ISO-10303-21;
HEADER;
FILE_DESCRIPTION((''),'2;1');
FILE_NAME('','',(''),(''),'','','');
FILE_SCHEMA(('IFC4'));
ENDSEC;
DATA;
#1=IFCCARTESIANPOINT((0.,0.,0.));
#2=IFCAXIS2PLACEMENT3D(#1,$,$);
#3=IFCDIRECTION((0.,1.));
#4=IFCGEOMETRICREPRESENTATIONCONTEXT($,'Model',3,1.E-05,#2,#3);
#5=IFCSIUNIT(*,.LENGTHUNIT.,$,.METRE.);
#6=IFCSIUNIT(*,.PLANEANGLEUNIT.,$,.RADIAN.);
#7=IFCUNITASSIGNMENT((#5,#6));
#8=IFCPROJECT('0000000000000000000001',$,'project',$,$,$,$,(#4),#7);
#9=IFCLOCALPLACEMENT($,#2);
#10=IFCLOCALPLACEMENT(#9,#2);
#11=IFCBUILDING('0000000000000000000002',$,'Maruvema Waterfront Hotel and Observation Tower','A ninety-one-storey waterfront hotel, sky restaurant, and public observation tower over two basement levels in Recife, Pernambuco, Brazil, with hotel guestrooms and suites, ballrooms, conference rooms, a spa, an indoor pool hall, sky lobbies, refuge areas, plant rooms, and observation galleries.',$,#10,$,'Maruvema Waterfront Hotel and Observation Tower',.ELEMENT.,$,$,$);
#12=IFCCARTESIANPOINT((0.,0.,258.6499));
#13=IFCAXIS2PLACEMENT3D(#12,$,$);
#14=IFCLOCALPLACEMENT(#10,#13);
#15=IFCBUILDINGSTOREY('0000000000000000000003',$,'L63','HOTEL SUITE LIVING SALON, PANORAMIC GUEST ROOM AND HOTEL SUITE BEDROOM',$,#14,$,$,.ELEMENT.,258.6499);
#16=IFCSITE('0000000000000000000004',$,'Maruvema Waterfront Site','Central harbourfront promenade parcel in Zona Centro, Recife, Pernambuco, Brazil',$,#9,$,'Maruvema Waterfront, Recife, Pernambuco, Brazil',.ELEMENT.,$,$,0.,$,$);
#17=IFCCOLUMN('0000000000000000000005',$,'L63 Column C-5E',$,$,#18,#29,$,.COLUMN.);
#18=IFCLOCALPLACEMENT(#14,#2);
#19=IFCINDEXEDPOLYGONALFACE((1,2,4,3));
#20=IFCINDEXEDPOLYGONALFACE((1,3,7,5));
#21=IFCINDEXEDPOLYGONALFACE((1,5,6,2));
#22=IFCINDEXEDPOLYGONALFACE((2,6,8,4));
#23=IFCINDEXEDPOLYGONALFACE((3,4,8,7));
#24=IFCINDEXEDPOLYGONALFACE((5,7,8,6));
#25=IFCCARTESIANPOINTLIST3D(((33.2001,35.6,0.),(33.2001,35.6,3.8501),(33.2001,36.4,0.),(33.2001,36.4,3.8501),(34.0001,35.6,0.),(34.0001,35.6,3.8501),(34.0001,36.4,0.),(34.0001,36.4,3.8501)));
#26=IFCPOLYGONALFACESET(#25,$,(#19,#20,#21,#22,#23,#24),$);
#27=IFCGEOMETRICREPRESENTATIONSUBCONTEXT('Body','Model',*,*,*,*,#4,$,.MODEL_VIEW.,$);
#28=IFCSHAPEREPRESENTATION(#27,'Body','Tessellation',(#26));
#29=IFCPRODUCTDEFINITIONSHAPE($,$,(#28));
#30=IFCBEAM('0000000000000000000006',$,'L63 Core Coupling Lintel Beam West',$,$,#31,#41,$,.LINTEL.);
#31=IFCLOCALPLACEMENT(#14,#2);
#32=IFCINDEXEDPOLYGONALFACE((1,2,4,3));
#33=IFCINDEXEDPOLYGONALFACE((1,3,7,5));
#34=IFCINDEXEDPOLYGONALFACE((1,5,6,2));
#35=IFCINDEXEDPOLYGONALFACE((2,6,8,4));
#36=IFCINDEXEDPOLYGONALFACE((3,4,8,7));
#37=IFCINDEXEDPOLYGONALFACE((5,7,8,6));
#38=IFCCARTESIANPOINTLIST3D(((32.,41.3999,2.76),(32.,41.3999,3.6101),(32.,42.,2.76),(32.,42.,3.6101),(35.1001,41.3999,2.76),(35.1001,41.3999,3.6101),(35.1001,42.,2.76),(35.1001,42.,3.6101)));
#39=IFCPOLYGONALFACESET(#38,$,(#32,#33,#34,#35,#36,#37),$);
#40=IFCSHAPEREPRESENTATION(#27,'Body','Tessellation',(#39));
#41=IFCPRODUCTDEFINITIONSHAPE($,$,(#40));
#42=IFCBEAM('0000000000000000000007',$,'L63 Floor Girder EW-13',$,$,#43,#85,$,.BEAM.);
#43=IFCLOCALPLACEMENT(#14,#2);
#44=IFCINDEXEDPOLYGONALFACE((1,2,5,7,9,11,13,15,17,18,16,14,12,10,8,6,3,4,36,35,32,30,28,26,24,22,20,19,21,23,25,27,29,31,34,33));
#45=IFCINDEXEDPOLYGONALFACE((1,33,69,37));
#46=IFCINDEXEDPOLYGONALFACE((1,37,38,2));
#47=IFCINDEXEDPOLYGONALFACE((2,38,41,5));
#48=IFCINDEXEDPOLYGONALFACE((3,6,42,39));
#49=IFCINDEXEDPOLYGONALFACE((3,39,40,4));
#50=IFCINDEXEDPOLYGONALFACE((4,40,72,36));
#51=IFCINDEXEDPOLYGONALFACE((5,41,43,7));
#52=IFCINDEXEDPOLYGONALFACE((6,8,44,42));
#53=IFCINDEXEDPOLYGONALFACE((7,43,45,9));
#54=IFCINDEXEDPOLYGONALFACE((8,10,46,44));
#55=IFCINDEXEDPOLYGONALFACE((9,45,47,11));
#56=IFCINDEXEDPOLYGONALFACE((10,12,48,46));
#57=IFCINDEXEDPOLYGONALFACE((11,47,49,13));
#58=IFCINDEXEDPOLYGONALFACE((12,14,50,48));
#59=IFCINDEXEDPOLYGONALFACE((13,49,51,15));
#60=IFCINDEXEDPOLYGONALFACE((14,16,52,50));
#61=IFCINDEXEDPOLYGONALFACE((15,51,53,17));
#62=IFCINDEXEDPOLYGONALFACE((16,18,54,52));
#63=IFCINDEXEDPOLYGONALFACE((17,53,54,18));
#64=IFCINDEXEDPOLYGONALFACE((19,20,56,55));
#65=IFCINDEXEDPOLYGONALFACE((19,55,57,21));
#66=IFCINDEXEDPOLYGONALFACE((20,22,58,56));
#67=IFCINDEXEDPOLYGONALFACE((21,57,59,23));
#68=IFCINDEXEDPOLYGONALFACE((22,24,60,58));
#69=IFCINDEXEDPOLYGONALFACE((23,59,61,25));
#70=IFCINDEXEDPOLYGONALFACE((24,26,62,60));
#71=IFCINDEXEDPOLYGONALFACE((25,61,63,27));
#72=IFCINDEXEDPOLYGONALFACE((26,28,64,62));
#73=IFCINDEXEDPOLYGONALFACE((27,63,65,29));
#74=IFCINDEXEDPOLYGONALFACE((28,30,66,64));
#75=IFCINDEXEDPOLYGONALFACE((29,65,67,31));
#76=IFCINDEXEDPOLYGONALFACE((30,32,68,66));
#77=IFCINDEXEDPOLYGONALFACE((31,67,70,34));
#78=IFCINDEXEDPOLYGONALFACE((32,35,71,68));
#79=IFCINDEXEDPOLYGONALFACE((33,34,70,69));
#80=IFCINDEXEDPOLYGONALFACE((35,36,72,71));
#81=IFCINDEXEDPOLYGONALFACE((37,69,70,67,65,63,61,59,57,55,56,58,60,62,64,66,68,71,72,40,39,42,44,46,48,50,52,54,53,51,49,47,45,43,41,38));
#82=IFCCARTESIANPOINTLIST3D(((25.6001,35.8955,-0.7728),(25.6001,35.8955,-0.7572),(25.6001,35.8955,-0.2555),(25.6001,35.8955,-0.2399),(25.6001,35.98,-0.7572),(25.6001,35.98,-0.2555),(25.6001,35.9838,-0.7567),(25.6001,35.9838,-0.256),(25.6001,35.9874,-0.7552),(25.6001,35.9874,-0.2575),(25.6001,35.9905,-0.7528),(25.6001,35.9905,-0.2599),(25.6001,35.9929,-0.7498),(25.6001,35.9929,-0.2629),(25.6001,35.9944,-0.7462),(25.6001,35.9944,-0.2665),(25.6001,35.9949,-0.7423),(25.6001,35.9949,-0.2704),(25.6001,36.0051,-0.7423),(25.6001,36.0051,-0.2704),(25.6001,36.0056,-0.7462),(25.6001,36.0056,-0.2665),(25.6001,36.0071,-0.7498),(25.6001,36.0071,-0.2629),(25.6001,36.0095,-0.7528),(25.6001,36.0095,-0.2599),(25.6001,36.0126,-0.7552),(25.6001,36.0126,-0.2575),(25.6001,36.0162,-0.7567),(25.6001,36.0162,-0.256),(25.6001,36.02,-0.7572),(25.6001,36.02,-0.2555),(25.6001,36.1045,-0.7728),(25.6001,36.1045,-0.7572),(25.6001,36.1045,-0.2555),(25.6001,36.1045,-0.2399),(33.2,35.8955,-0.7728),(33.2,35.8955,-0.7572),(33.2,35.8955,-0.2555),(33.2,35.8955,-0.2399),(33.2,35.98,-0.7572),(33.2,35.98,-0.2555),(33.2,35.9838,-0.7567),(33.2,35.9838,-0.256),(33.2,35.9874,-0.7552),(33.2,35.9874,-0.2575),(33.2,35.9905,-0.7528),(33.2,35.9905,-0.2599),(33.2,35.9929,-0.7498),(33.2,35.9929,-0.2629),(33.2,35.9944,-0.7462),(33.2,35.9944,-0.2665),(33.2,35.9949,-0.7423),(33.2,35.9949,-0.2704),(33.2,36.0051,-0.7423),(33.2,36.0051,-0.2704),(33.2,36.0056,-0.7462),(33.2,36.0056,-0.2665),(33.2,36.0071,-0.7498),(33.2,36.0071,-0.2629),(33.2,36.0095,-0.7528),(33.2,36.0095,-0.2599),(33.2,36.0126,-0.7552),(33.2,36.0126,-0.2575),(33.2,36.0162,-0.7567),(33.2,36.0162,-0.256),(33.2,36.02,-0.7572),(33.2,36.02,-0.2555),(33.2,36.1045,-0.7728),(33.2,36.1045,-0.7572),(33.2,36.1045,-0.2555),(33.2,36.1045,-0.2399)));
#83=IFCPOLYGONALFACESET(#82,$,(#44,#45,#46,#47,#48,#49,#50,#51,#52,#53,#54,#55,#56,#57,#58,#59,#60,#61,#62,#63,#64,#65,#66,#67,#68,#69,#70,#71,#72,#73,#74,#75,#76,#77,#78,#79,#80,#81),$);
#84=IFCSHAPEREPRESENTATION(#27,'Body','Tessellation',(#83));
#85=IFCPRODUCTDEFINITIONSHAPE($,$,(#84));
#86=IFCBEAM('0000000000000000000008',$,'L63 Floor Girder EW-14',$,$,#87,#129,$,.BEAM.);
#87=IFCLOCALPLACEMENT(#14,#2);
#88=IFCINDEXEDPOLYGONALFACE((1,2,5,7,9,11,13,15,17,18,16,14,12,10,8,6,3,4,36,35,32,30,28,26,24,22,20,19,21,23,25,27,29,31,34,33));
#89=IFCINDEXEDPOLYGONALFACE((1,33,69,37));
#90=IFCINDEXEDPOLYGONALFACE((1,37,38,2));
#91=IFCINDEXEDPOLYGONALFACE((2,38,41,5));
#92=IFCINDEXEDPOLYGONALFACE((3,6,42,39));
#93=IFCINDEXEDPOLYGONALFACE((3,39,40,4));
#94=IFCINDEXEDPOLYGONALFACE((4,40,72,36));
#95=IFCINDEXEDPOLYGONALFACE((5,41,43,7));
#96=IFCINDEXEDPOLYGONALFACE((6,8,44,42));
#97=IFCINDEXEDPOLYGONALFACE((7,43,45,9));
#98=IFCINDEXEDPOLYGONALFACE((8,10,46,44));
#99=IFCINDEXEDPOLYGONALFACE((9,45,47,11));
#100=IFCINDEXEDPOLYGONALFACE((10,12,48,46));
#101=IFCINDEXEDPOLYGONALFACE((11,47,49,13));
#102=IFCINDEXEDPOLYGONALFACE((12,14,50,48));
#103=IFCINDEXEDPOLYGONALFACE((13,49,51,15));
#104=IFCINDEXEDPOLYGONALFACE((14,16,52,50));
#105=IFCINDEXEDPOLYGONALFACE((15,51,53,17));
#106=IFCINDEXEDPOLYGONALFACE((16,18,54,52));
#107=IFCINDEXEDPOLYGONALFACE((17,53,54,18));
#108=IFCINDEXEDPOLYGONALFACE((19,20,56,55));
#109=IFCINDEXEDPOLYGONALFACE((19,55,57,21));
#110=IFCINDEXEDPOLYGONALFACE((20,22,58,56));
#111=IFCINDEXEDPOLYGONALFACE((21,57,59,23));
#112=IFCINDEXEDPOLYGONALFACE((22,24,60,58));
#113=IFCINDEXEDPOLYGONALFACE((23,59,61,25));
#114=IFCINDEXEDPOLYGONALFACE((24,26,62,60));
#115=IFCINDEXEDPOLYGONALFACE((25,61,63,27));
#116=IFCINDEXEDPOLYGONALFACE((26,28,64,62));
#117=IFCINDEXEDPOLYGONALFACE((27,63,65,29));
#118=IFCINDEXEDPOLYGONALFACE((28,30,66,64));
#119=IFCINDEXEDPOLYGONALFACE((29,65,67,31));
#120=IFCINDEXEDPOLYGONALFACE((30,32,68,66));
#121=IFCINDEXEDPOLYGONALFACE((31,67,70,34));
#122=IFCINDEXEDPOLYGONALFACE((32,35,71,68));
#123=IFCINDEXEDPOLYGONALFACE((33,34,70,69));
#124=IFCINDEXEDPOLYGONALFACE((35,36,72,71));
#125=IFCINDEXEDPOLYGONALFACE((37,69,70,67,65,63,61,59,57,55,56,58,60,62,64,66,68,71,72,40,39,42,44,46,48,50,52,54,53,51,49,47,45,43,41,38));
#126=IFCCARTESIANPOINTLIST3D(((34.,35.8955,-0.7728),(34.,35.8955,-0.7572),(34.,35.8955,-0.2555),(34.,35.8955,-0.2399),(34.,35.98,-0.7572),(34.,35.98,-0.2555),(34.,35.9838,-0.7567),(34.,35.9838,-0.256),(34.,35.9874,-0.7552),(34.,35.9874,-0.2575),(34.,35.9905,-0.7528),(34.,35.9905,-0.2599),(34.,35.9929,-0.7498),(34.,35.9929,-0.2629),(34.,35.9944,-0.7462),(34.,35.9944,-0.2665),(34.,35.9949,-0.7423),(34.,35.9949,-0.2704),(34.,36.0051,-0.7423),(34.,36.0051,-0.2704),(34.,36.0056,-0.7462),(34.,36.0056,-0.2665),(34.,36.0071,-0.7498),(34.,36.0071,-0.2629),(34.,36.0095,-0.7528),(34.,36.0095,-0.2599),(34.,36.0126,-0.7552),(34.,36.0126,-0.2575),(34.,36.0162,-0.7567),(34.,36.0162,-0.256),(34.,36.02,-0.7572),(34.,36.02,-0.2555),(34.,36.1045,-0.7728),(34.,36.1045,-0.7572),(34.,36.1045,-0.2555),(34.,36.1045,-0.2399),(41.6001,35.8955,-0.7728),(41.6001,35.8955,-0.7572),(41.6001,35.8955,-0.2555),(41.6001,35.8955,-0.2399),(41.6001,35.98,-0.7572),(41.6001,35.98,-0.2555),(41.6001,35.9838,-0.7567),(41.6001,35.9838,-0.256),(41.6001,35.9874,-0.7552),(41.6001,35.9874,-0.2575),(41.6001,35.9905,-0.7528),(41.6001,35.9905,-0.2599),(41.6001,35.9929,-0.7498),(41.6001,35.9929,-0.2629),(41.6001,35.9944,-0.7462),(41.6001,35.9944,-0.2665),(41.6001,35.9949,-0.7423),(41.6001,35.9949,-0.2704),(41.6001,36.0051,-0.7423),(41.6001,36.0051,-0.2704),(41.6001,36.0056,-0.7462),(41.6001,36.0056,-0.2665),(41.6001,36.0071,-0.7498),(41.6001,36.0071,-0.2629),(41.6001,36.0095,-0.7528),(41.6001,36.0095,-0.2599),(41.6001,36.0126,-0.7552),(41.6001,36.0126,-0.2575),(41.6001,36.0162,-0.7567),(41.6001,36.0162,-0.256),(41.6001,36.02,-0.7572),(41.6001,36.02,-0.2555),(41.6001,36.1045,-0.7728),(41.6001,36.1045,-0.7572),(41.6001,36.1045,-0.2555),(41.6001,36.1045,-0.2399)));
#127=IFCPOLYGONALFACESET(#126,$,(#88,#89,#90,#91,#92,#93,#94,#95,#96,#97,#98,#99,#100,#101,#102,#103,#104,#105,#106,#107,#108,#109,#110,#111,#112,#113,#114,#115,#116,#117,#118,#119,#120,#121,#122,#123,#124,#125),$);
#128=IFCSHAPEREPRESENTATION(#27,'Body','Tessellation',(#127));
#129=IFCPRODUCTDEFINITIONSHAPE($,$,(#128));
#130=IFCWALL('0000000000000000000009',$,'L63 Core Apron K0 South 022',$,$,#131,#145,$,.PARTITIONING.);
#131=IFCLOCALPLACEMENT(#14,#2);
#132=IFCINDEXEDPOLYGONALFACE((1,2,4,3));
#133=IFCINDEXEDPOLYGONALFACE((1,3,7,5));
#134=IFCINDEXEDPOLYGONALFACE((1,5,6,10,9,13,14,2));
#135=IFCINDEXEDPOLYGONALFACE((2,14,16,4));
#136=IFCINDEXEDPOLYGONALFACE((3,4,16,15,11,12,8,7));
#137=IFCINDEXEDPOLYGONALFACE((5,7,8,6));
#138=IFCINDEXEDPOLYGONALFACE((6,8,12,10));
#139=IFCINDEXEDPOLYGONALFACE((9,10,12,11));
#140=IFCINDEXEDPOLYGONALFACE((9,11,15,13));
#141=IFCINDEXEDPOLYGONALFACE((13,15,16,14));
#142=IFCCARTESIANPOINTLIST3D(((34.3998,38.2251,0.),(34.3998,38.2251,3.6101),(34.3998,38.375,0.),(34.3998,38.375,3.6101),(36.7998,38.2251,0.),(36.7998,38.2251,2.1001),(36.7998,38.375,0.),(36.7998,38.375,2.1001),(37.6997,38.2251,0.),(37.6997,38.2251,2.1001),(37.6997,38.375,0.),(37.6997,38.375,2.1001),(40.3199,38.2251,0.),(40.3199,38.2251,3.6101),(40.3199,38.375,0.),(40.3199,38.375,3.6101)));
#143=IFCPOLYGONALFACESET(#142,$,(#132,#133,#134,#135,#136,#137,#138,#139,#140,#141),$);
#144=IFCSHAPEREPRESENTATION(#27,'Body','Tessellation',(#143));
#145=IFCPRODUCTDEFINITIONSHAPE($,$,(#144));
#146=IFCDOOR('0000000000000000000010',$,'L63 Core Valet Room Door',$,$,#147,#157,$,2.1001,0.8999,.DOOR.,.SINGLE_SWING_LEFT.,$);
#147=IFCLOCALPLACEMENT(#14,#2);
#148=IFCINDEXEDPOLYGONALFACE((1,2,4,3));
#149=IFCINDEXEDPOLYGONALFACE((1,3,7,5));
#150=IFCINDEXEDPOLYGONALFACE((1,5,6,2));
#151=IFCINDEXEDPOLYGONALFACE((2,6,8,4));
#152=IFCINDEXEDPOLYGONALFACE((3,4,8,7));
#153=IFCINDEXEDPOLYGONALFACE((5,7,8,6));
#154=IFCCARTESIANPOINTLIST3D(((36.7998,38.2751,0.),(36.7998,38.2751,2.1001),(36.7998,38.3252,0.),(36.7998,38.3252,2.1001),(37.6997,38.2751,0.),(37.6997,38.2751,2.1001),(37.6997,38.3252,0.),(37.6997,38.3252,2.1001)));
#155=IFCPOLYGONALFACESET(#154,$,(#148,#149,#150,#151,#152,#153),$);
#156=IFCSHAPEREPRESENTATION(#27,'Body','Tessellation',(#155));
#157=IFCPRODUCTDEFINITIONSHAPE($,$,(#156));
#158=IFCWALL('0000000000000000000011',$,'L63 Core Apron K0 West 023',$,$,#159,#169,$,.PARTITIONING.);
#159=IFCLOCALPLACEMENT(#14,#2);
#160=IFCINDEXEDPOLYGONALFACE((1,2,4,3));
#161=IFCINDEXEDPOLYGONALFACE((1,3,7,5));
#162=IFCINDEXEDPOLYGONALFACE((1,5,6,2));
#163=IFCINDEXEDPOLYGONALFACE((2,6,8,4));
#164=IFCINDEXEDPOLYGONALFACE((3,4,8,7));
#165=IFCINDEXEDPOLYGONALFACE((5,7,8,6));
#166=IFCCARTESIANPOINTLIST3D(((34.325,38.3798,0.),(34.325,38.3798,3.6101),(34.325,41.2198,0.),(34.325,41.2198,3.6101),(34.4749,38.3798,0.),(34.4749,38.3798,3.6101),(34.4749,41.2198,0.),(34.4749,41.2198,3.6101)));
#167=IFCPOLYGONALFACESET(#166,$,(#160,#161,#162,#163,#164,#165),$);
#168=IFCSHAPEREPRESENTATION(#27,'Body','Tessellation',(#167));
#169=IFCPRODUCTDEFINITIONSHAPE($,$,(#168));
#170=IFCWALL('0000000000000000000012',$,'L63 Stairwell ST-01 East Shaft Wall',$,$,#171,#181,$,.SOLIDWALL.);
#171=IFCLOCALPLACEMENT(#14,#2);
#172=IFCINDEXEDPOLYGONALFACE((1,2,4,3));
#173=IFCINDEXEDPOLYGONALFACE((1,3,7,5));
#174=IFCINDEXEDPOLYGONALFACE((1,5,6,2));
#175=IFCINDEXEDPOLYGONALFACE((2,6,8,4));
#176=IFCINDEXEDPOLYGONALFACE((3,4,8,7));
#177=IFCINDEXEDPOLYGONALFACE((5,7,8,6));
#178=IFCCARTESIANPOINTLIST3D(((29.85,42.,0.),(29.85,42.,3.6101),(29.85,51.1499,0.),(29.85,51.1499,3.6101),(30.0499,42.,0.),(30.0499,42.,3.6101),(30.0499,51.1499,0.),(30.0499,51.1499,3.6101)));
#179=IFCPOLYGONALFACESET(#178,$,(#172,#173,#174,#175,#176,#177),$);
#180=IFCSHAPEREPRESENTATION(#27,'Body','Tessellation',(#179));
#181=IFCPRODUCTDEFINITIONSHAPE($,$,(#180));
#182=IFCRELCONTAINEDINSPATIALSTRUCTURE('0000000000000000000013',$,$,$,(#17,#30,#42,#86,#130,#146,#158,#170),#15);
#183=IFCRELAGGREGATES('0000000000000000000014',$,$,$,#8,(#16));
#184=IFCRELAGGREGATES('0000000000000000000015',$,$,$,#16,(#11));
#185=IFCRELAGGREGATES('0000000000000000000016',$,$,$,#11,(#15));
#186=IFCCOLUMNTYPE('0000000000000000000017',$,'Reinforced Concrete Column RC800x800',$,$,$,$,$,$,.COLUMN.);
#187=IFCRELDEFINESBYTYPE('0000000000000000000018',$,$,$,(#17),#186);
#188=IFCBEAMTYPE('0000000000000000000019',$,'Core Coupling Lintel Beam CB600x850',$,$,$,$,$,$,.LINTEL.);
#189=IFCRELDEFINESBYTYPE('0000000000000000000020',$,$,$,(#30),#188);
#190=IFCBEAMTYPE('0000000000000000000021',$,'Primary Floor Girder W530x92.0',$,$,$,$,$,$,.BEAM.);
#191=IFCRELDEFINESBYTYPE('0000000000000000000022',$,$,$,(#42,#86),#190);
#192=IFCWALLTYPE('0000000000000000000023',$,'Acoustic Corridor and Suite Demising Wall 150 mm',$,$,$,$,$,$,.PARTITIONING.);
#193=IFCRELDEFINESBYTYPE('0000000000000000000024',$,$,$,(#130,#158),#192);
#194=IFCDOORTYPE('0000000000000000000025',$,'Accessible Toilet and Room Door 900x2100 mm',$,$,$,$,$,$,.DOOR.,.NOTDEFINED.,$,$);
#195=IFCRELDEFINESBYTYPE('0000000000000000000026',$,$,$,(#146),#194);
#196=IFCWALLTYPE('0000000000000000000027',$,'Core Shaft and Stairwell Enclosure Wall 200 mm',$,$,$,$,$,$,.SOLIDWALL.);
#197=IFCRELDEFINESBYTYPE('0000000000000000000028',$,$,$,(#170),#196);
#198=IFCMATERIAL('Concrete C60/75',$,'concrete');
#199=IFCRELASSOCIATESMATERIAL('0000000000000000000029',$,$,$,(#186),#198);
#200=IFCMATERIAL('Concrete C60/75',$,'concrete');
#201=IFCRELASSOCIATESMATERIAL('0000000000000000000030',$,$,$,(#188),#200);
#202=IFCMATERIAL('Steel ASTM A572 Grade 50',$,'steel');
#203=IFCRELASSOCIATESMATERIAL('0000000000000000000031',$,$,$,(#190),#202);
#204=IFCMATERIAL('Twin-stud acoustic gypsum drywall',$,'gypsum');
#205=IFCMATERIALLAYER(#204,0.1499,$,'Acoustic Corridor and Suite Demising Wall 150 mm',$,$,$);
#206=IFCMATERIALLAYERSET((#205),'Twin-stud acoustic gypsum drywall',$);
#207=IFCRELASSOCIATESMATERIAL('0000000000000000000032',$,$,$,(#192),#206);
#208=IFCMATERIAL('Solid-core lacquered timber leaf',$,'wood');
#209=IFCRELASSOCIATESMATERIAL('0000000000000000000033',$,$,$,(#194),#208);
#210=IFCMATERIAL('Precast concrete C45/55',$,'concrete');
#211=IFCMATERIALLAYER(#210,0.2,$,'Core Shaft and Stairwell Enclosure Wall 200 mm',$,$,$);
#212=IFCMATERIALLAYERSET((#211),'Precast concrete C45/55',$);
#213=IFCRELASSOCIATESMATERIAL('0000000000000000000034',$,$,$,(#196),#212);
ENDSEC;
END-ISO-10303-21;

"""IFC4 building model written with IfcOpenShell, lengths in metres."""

from ifc_helpers import new_model, si_unit, direction, frame, frame_2d, origin, origin_2d, place, context, subcontext, project, spatial, rectangle, i_section, extrude, material, layer, layer_set, material_profile, profile_set, type_object, element, fill, save


model = new_model("IFC4")

# Units and contexts
model_context = context("Model", 3, precision=1e-05, world=origin(), true_north=direction((0.0, 1.0)))
body_context = subcontext(model_context, "Body", "Model", "MODEL_VIEW")
ifc_project = project(units=[si_unit("LENGTHUNIT", "METRE"), si_unit("PLANEANGLEUNIT", "RADIAN")], contexts=[model_context])

# Site, building, storey
site_placement = place(None, origin())
site = spatial("IfcSite", under=ifc_project, at=site_placement, Name="Maruvema Waterfront Site", Description="Central harbourfront promenade parcel in Zona Centro, Recife, Pernambuco, Brazil", LongName="Maruvema Waterfront, Recife, Pernambuco, Brazil", CompositionType="ELEMENT", RefElevation=0.0)
building_placement = place(site_placement, origin())
building = spatial("IfcBuilding", under=site, at=building_placement, Name="Maruvema Waterfront Hotel and Observation Tower", Description="A ninety-one-storey waterfront hotel, sky restaurant, and public observation tower over two basement levels in Recife, Pernambuco, Brazil, with hotel guestrooms and suites, ballrooms, conference rooms, a spa, an indoor pool hall, sky lobbies, refuge areas, plant rooms, and observation galleries.", LongName="Maruvema Waterfront Hotel and Observation Tower", CompositionType="ELEMENT")
storey_placement = place(building_placement, frame((0.0, 0.0, 258.6499)))
storey = spatial("IfcBuildingStorey", under=building, at=storey_placement, Name="L63", Description="HOTEL SUITE LIVING SALON, PANORAMIC GUEST ROOM AND HOTEL SUITE BEDROOM", CompositionType="ELEMENT", Elevation=258.6499)

# Column
ifc_material_1 = material(Name="Concrete C60/75", Category="concrete")
ifc_material_profile_1 = material_profile(ifc_material_1, rectangle(XDim=0.8, YDim=0.8, at=origin_2d()), Name="RC800x800")
ifc_profile_set_1 = profile_set([ifc_material_profile_1], Name="Concrete C60/75")
column_type = type_object("IfcColumnType", Name="Reinforced Concrete Column RC800x800", PredefinedType="COLUMN", material=ifc_profile_set_1)
column_placement = place(storey_placement, frame((33.6001, 36.0, 0.0), z_axis=(0.0, 0.0, 1.0), x_axis=(1.0, 0.0, 0.0)))
element("IfcColumn", 1, at=column_placement, inside=storey, type_object=column_type, Name="L63 Column C-5E", PredefinedType="COLUMN", context=body_context, shape_type="SweptSolid", body=[
    extrude(rectangle(XDim=0.8, YDim=0.8, at=origin_2d()), origin(), (0.0, 0.0, 1.0), 3.8501),
])

# Beams
ifc_material_2 = material(Name="Concrete C60/75", Category="concrete")
ifc_material_profile_2 = material_profile(ifc_material_2, rectangle(XDim=0.6001, YDim=0.8501, at=origin_2d()), Name="CB600x850")
ifc_profile_set_2 = profile_set([ifc_material_profile_2], Name="Concrete C60/75")
beam_type_1 = type_object("IfcBeamType", Name="Core Coupling Lintel Beam CB600x850", PredefinedType="LINTEL", material=ifc_profile_set_2)
beam_1_placement = place(storey_placement, frame((32.0, 41.7, 3.1851), z_axis=(1.0, 0.0, 0.0), x_axis=(0.0, 1.0, 0.0)))
element("IfcBeam", 2, at=beam_1_placement, inside=storey, type_object=beam_type_1, Name="L63 Core Coupling Lintel Beam West", PredefinedType="LINTEL", context=body_context, shape_type="SweptSolid", body=[
    extrude(rectangle(XDim=0.6001, YDim=0.8501, at=origin_2d()), origin(), (0.0, 0.0, 1.0), 3.1001),
])
ifc_material_3 = material(Name="Steel ASTM A572 Grade 50", Category="steel")
ifc_material_profile_3 = material_profile(ifc_material_3, i_section(OverallWidth=0.209, OverallDepth=0.533, WebThickness=0.0103, FlangeThickness=0.0156, FilletRadius=0.0149, at=origin_2d()), Name="W530x92.0")
ifc_profile_set_3 = profile_set([ifc_material_profile_3], Name="Steel ASTM A572 Grade 50")
beam_type_2 = type_object("IfcBeamType", Name="Primary Floor Girder W530x92.0", PredefinedType="BEAM", material=ifc_profile_set_3)
beam_2_placement = place(storey_placement, frame((25.6001, 36.0, -0.5063), z_axis=(1.0, 0.0, 0.0), x_axis=(0.0, 1.0, 0.0)))
element("IfcBeam", 3, at=beam_2_placement, inside=storey, type_object=beam_type_2, Name="L63 Floor Girder EW-13", PredefinedType="BEAM", context=body_context, shape_type="SweptSolid", body=[
    extrude(i_section(OverallWidth=0.209, OverallDepth=0.533, WebThickness=0.0103, FlangeThickness=0.0156, FilletRadius=0.0149, at=origin_2d()), origin(), (0.0, 0.0, 1.0), 7.5999),
])
beam_3_placement = place(storey_placement, frame((34.0, 36.0, -0.5063), z_axis=(1.0, 0.0, 0.0), x_axis=(0.0, 1.0, 0.0)))
element("IfcBeam", 4, at=beam_3_placement, inside=storey, type_object=beam_type_2, Name="L63 Floor Girder EW-14", PredefinedType="BEAM", context=body_context, shape_type="SweptSolid", body=[
    extrude(i_section(OverallWidth=0.209, OverallDepth=0.533, WebThickness=0.0103, FlangeThickness=0.0156, FilletRadius=0.0149, at=origin_2d()), origin(), (0.0, 0.0, 1.0), 7.6001),
])

# Wall, opening, door
ifc_material_4 = material(Name="Twin-stud acoustic gypsum drywall", Category="gypsum")
ifc_layer_1 = layer(ifc_material_4, 0.1499, Name="Acoustic Corridor and Suite Demising Wall 150 mm")
ifc_layer_set_1 = layer_set([ifc_layer_1], Name="Twin-stud acoustic gypsum drywall")
wall_type_1 = type_object("IfcWallType", Name="Acoustic Corridor and Suite Demising Wall 150 mm", PredefinedType="PARTITIONING", material=ifc_layer_set_1)
wall_1_placement = place(storey_placement, frame((34.3999, 38.3, 0.0), z_axis=(0.0, 0.0, 1.0), x_axis=(1.0, 0.0, 0.0)))
wall_1 = element("IfcWall", 5, at=wall_1_placement, inside=storey, type_object=wall_type_1, Name="L63 Core Apron K0 South 022", PredefinedType="PARTITIONING", context=body_context, shape_type="SweptSolid", body=[
    extrude(rectangle(XDim=5.9202, YDim=0.1499, at=frame_2d((2.96, 0.0))), origin(), (0.0, 0.0, 1.0), 3.6101),
])
opening_1_placement = place(wall_1_placement, frame((2.3999, 0.0, 0.0)))
opening_1 = element("IfcOpeningElement", 6, at=opening_1_placement, cuts=wall_1, PredefinedType="OPENING", context=body_context, shape_type="SweptSolid", body=[
    extrude(rectangle(XDim=0.8999, YDim=2.1001, at=frame_2d((0.45, 1.05))), frame((0.0, 0.085, 0.0), z_axis=(0.0, -1.0, 0.0), x_axis=(1.0, 0.0, 0.0)), (0.0, 0.0, 1.0), 0.1699),
])
ifc_material_5 = material(Name="Solid-core lacquered timber leaf", Category="wood")
door_type_1 = type_object("IfcDoorType", Name="Accessible Toilet and Room Door 900x2100 mm", OperationType="NOTDEFINED", PredefinedType="DOOR", material=ifc_material_5)
door_1_placement = place(opening_1_placement, frame((0.8999, 0.0, 0.0), z_axis=(0.0, 0.0, 1.0), x_axis=(-1.0, 0.0, 0.0)))
door_1 = element("IfcDoor", 7, at=door_1_placement, inside=storey, type_object=door_type_1, Name="L63 Core Valet Room Door", OperationType="SINGLE_SWING_LEFT", OverallHeight=2.1001, OverallWidth=0.8999, PredefinedType="DOOR", context=body_context, shape_type="SweptSolid", body=[
    extrude(rectangle(XDim=0.8999, YDim=2.1001, at=frame_2d((0.45, 1.05))), frame((0.0, 0.0249, 0.0), z_axis=(0.0, -1.0, 0.0), x_axis=(1.0, 0.0, 0.0)), (0.0, 0.0, 1.0), 0.05),
])
fill(opening_1, door_1)

# Walls
wall_2_placement = place(storey_placement, frame((34.3999, 38.3799, 0.0), z_axis=(0.0, 0.0, 1.0), x_axis=(0.0, 1.0, 0.0)))
element("IfcWall", 8, at=wall_2_placement, inside=storey, type_object=wall_type_1, Name="L63 Core Apron K0 West 023", PredefinedType="PARTITIONING", context=body_context, shape_type="SweptSolid", body=[
    extrude(rectangle(XDim=2.8401, YDim=0.1499, at=frame_2d((1.4199, 0.0))), origin(), (0.0, 0.0, 1.0), 3.6101),
])
ifc_material_6 = material(Name="Precast concrete C45/55", Category="concrete")
ifc_layer_2 = layer(ifc_material_6, 0.2, Name="Core Shaft and Stairwell Enclosure Wall 200 mm")
ifc_layer_set_2 = layer_set([ifc_layer_2], Name="Precast concrete C45/55")
wall_type_2 = type_object("IfcWallType", Name="Core Shaft and Stairwell Enclosure Wall 200 mm", PredefinedType="SOLIDWALL", material=ifc_layer_set_2)
wall_3_placement = place(storey_placement, frame((29.95, 42.0, 0.0), z_axis=(0.0, 0.0, 1.0), x_axis=(0.0, 1.0, 0.0)))
element("IfcWall", 9, at=wall_3_placement, inside=storey, type_object=wall_type_2, Name="L63 Stairwell ST-01 East Shaft Wall", PredefinedType="SOLIDWALL", context=body_context, shape_type="SweptSolid", body=[
    extrude(rectangle(XDim=9.1499, YDim=0.2, at=frame_2d((4.575, 0.0))), origin(), (0.0, 0.0, 1.0), 3.6101),
])

save(model, "model.ifc")
